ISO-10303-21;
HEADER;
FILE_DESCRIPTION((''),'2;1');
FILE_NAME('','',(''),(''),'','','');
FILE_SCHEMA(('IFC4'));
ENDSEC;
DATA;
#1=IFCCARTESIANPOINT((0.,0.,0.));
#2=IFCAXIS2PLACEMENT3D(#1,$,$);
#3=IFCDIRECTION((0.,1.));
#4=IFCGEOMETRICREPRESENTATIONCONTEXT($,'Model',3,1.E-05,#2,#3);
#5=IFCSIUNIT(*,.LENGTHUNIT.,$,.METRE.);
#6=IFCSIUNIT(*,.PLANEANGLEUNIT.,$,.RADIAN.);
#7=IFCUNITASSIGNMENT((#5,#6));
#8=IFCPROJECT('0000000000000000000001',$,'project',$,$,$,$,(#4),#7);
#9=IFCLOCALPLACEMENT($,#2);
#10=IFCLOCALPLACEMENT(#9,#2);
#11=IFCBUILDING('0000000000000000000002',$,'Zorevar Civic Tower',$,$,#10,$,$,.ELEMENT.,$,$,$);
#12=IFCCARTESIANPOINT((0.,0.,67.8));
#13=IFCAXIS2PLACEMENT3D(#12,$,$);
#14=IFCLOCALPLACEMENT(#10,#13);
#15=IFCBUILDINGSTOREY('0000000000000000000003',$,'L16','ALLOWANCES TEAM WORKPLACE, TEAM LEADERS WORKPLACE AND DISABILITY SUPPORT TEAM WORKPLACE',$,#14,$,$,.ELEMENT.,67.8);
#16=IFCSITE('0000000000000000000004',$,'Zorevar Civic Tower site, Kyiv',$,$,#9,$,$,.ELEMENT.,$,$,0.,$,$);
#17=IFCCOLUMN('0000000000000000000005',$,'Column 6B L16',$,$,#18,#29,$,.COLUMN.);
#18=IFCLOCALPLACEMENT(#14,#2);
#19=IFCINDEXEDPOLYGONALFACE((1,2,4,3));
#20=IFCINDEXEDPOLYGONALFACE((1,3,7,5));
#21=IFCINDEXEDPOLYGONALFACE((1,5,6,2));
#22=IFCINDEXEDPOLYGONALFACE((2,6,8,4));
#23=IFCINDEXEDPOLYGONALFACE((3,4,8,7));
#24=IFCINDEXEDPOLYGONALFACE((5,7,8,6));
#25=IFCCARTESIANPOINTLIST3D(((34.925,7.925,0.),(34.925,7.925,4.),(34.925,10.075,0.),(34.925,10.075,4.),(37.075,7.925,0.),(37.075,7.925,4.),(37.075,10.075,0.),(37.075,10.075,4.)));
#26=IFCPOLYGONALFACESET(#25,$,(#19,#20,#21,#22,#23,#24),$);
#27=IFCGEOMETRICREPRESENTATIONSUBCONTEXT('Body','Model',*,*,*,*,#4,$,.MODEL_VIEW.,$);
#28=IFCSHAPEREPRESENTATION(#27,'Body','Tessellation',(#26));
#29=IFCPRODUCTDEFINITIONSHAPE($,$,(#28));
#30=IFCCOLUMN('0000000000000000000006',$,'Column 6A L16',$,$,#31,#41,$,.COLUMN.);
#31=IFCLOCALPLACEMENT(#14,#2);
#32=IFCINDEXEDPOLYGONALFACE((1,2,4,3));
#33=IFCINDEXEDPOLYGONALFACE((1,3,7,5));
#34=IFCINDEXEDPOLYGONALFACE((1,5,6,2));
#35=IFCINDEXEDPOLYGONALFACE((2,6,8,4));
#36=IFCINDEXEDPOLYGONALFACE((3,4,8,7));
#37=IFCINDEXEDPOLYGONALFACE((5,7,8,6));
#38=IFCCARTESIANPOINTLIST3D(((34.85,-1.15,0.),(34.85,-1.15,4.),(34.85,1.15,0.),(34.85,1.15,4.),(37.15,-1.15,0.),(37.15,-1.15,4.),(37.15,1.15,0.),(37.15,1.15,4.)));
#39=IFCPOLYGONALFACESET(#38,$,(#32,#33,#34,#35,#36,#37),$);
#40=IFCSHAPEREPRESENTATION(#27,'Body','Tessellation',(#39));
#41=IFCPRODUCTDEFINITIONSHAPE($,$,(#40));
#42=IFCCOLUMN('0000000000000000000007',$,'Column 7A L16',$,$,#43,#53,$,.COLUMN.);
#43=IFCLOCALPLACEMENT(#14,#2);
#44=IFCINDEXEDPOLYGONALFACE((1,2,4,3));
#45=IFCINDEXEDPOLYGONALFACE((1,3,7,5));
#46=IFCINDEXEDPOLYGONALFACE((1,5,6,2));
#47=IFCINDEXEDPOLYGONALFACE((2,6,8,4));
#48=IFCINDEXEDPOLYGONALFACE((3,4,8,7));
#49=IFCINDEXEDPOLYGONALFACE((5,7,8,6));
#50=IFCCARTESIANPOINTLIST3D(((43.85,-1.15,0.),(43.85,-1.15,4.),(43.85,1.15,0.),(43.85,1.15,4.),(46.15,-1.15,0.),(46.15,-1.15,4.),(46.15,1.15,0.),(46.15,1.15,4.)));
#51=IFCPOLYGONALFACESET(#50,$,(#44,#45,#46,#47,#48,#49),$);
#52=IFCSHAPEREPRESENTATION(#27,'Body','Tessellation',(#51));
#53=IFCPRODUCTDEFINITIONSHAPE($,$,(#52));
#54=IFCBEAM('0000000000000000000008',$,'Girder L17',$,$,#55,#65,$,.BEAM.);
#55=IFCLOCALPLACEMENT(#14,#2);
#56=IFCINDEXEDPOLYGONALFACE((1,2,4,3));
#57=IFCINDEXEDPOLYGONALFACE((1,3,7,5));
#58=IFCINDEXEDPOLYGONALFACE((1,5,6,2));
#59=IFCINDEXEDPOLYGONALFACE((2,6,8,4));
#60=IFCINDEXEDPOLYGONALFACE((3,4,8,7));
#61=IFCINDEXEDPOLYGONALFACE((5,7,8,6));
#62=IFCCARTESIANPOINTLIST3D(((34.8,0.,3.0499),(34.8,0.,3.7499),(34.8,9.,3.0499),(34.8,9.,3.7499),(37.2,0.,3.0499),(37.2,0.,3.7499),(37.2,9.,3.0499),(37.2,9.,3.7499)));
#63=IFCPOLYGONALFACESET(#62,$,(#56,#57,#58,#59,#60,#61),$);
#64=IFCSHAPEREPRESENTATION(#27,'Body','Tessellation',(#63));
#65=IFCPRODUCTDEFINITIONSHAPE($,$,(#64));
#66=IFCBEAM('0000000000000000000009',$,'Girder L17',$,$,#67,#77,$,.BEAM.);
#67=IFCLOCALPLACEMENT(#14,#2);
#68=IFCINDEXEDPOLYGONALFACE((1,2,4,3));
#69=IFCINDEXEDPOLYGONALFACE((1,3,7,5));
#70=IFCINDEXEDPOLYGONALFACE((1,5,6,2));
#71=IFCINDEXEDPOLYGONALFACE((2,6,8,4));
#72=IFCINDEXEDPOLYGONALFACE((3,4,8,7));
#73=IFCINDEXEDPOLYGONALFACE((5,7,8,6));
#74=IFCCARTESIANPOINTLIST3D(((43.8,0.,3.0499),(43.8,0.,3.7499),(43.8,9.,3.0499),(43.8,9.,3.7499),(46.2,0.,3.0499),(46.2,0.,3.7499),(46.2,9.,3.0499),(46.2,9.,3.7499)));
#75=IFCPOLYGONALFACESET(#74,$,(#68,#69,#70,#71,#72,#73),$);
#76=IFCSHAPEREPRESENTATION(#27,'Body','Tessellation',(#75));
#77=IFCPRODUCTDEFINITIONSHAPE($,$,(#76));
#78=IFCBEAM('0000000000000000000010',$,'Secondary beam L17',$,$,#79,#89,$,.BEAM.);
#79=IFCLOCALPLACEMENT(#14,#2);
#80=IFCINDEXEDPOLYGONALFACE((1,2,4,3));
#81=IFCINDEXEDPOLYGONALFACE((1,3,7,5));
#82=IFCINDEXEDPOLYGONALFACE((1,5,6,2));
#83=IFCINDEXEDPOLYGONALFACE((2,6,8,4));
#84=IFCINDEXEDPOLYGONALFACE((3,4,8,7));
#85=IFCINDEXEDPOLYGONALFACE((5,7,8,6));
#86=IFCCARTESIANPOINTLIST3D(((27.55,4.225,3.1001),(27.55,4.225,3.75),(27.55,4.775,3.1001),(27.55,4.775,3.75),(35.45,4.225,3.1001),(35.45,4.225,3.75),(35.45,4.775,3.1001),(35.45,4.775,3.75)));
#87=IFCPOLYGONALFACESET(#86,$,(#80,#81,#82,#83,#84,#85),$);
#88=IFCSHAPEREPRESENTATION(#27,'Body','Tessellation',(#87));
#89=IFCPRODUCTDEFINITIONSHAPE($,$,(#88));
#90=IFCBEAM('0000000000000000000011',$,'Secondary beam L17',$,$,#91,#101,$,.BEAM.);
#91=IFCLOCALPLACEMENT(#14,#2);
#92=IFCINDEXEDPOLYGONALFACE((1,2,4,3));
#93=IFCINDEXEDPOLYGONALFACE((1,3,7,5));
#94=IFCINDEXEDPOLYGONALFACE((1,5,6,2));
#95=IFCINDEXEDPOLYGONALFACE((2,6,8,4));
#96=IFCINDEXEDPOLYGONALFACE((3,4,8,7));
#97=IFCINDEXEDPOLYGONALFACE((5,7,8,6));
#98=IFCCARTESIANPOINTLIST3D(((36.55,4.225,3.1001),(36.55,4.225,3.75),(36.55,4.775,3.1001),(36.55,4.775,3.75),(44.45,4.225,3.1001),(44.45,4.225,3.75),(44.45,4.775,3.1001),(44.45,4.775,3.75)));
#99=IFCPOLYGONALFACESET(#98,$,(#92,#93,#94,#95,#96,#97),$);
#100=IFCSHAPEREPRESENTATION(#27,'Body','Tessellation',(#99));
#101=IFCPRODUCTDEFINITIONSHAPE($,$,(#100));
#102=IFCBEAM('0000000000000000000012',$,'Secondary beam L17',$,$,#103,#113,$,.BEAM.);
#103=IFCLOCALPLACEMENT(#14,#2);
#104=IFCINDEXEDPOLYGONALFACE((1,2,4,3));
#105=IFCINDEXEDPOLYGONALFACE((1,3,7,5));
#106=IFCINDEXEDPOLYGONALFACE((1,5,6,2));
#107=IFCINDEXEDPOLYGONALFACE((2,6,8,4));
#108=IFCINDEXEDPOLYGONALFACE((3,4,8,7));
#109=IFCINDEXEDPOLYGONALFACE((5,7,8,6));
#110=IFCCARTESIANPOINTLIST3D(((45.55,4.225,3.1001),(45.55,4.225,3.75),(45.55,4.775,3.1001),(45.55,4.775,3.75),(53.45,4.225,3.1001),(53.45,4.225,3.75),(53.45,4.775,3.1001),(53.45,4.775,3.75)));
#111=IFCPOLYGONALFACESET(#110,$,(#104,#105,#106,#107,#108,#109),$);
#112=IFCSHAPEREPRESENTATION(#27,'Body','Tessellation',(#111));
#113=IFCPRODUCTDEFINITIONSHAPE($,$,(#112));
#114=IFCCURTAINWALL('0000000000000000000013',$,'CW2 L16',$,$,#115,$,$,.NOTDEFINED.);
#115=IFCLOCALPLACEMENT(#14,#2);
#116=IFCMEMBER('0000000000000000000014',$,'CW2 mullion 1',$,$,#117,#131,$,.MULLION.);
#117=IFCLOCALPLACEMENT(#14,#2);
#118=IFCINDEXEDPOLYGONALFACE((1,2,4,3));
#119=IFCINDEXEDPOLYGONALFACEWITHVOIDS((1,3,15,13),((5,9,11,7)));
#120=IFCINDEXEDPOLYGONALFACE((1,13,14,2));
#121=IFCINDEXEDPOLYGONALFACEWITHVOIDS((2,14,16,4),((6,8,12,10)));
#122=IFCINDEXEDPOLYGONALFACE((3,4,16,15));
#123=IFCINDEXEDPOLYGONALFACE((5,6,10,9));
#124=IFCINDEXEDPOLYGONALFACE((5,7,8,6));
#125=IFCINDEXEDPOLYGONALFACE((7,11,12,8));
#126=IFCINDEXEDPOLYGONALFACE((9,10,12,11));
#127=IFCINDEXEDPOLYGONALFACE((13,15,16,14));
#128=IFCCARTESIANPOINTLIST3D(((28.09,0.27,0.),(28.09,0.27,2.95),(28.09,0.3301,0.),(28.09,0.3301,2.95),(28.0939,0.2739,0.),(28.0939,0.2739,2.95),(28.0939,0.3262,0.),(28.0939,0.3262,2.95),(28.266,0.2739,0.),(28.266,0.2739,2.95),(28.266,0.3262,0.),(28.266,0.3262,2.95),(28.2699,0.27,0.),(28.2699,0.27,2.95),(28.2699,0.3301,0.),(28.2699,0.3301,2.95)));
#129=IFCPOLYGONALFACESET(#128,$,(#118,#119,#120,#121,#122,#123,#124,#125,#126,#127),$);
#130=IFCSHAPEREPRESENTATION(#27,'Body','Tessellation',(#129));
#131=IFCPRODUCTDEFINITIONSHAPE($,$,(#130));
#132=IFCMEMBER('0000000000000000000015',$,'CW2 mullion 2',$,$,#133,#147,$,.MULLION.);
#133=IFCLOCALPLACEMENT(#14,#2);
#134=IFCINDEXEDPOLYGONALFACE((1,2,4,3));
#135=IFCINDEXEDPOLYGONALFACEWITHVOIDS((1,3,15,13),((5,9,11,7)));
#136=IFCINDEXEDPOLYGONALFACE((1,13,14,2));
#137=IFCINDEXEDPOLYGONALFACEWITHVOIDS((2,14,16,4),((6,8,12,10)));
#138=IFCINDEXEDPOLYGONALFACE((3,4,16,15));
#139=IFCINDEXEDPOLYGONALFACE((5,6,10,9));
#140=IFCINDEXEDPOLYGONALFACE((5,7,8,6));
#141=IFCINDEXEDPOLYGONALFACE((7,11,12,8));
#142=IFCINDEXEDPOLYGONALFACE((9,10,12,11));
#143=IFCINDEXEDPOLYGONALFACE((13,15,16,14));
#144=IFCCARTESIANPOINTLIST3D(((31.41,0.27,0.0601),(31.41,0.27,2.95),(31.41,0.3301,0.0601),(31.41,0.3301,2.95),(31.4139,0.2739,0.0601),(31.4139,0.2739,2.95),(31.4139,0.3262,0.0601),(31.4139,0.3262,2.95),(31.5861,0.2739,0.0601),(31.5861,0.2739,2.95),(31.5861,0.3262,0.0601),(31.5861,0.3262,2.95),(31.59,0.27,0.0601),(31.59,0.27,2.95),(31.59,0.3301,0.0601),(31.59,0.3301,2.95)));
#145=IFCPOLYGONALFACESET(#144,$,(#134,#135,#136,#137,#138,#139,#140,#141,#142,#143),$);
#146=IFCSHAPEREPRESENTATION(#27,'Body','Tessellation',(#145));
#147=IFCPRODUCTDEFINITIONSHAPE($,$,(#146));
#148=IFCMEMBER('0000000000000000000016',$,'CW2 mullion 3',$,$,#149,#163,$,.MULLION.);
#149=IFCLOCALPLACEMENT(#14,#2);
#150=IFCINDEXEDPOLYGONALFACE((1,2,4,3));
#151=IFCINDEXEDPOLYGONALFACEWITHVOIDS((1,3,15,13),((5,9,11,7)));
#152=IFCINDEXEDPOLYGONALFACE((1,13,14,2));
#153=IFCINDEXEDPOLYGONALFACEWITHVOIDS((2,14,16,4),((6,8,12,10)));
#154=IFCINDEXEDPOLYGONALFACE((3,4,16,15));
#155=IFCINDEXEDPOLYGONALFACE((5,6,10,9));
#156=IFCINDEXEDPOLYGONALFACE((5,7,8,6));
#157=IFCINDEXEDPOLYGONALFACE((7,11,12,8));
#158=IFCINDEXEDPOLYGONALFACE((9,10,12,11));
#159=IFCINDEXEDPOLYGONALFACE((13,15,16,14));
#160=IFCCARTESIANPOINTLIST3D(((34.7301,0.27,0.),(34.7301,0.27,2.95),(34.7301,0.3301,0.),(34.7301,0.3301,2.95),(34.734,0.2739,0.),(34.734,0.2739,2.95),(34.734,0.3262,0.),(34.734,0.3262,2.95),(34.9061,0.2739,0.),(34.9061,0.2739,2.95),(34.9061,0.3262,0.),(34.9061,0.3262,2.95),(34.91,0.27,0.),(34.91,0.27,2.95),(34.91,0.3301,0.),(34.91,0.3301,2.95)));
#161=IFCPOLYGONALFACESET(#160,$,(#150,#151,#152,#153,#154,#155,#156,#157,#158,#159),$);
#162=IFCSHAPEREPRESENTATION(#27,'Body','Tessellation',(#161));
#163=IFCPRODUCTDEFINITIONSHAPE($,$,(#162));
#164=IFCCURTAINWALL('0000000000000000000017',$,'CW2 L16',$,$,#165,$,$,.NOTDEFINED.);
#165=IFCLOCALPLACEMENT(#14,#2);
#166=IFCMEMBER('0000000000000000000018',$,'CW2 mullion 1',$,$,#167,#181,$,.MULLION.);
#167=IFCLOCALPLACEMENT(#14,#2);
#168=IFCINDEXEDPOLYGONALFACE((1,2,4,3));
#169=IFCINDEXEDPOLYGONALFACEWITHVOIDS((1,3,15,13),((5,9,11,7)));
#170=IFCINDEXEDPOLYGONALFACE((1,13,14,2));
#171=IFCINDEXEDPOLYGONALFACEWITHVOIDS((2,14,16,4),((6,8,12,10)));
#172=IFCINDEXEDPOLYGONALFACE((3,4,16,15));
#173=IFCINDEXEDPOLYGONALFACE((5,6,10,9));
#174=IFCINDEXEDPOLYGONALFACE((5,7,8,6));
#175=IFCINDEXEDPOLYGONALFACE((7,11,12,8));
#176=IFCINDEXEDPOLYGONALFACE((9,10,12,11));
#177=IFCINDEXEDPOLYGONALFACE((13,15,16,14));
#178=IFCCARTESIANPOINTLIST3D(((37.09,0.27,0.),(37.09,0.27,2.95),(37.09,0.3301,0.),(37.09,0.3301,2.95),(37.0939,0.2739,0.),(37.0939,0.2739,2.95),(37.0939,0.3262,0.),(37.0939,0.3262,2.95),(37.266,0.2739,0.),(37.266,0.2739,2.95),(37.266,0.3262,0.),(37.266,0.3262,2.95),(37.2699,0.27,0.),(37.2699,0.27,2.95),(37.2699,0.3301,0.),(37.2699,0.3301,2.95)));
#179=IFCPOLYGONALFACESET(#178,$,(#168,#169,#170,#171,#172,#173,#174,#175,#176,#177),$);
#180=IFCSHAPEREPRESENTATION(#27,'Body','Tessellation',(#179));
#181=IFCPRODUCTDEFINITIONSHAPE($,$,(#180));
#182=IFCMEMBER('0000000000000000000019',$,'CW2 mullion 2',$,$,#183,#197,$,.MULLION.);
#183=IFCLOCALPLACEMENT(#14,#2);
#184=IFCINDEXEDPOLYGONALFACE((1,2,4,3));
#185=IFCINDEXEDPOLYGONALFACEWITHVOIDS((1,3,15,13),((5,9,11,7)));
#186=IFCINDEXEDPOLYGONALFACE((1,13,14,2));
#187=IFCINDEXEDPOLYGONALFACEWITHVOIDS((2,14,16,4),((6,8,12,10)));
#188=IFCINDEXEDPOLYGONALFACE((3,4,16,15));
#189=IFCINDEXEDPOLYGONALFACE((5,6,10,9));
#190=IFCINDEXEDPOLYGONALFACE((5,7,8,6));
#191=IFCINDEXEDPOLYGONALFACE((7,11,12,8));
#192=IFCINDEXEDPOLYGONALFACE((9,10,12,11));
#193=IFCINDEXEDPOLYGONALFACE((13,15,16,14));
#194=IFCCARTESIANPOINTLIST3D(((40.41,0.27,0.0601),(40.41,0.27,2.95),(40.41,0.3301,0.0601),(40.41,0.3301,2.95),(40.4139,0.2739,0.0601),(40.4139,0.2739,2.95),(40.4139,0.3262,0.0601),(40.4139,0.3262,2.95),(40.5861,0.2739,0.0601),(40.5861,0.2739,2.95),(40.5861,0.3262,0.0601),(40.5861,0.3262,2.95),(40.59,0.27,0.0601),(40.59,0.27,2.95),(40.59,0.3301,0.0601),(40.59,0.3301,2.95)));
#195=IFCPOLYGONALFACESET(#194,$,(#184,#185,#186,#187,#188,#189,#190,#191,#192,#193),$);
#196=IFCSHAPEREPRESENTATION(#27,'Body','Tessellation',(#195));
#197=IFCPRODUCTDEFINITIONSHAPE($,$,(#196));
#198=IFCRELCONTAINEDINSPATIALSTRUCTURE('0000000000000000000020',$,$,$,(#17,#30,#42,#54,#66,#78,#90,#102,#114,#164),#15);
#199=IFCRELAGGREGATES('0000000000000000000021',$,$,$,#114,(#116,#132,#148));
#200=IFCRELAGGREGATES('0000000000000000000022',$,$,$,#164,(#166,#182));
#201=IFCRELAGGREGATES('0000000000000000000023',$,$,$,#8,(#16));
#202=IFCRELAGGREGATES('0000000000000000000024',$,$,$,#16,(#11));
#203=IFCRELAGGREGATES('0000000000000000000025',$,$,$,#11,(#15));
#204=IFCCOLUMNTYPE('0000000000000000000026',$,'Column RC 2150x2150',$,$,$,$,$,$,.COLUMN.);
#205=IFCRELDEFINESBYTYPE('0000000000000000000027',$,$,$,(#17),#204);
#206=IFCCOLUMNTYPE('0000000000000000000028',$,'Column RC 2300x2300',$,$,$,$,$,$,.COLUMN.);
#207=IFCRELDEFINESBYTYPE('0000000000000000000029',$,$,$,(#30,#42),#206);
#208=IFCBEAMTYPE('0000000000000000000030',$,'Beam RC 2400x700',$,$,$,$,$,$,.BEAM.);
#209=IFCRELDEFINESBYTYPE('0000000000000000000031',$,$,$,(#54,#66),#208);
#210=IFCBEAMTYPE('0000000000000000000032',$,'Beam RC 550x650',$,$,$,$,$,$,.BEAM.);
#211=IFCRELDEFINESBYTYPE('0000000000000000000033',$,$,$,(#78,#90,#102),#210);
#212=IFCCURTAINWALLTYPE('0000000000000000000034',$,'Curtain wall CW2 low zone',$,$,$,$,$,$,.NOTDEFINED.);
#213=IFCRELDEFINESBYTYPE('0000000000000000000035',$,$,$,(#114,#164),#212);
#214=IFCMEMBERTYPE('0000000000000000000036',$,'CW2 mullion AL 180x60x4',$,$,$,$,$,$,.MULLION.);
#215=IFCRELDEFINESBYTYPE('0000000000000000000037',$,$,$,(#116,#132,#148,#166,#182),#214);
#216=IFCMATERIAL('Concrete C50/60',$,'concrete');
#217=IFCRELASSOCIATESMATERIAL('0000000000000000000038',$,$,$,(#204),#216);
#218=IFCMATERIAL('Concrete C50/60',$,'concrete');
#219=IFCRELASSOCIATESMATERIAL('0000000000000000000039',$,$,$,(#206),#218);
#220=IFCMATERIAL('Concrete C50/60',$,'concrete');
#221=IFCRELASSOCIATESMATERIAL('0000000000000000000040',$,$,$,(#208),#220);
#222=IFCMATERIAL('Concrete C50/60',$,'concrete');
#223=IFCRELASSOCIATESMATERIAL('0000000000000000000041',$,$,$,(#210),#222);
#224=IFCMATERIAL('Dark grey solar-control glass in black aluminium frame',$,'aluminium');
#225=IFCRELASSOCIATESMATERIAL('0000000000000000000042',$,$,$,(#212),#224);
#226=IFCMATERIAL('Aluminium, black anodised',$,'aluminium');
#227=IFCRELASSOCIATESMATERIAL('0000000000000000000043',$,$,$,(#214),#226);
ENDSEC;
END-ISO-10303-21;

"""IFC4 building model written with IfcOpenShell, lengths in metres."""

from ifc_helpers import new_model, si_unit, direction, frame, origin, origin_2d, place, context, subcontext, project, spatial, rectangle, hollow_rectangle, extrude, material, material_profile, profile_set, type_object, element, aggregate, save


model = new_model("IFC4")

# Units and contexts
model_context = context("Model", 3, precision=1e-05, world=origin(), true_north=direction((0.0, 1.0)))
body_context = subcontext(model_context, "Body", "Model", "MODEL_VIEW")
ifc_project = project(units=[si_unit("LENGTHUNIT", "METRE"), si_unit("PLANEANGLEUNIT", "RADIAN")], contexts=[model_context])

# Site, building, storey
site_placement = place(None, origin())
site = spatial("IfcSite", under=ifc_project, at=site_placement, Name="Zorevar Civic Tower site, Kyiv", CompositionType="ELEMENT", RefElevation=0.0)
building_placement = place(site_placement, origin())
building = spatial("IfcBuilding", under=site, at=building_placement, Name="Zorevar Civic Tower", CompositionType="ELEMENT")
storey_placement = place(building_placement, frame((0.0, 0.0, 67.8)))
storey = spatial("IfcBuildingStorey", under=building, at=storey_placement, Name="L16", Description="ALLOWANCES TEAM WORKPLACE, TEAM LEADERS WORKPLACE AND DISABILITY SUPPORT TEAM WORKPLACE", CompositionType="ELEMENT", Elevation=67.8)

# Columns
ifc_material_1 = material(Name="Concrete C50/60", Category="concrete")
ifc_material_profile_1 = material_profile(ifc_material_1, rectangle(XDim=2.1499, YDim=2.1499, at=origin_2d()), Name="RC 2150x2150")
ifc_profile_set_1 = profile_set([ifc_material_profile_1], Name="Concrete C50/60")
column_type_1 = type_object("IfcColumnType", Name="Column RC 2150x2150", PredefinedType="COLUMN", material=ifc_profile_set_1)
column_placement = place(storey_placement, frame((36.0, 9.0, 0.0), z_axis=(0.0, 0.0, 1.0), x_axis=(1.0, 0.0, 0.0)))
element("IfcColumn", 1, at=column_placement, inside=storey, type_object=column_type_1, Name="Column 6B L16", PredefinedType="COLUMN", context=body_context, shape_type="SweptSolid", body=[
    extrude(rectangle(XDim=2.1499, YDim=2.1499, at=origin_2d()), origin(), (0.0, 0.0, 1.0), 4.0),
])
ifc_material_2 = material(Name="Concrete C50/60", Category="concrete")
ifc_material_profile_2 = material_profile(ifc_material_2, rectangle(XDim=2.3, YDim=2.3, at=origin_2d()), Name="RC 2300x2300")
ifc_profile_set_2 = profile_set([ifc_material_profile_2], Name="Concrete C50/60")
column_type_2 = type_object("IfcColumnType", Name="Column RC 2300x2300", PredefinedType="COLUMN", material=ifc_profile_set_2)
for number, where, z_axis, x_axis, name in (
    (2, (36.0, 0.0, 0.0), (0.0, 0.0, 1.0), (1.0, 0.0, 0.0), "Column 6A L16"),
    (3, (45.0, 0.0, 0.0), (0.0, 0.0, 1.0), (1.0, 0.0, 0.0), "Column 7A L16"),
):
    element("IfcColumn", number, at=place(storey_placement, frame(where, z_axis=z_axis, x_axis=x_axis)), inside=storey, type_object=column_type_2, Name=name, PredefinedType="COLUMN", context=body_context, shape_type="SweptSolid", body=[
        extrude(rectangle(XDim=2.3, YDim=2.3, at=origin_2d()), origin(), (0.0, 0.0, 1.0), 4.0),
    ])

# Beams
ifc_material_3 = material(Name="Concrete C50/60", Category="concrete")
ifc_material_profile_3 = material_profile(ifc_material_3, rectangle(XDim=2.3999, YDim=0.7, at=origin_2d()), Name="RC 2400x700")
ifc_profile_set_3 = profile_set([ifc_material_profile_3], Name="Concrete C50/60")
beam_type_1 = type_object("IfcBeamType", Name="Beam RC 2400x700", PredefinedType="BEAM", material=ifc_profile_set_3)
for number, where, z_axis, x_axis, name in (
    (4, (36.0, 0.0, 3.3999), (0.0, 1.0, 0.0), (-1.0, 0.0, 0.0), "Girder L17"),
    (5, (45.0, 0.0, 3.3999), (0.0, 1.0, 0.0), (-1.0, 0.0, 0.0), "Girder L17"),
):
    element("IfcBeam", number, at=place(storey_placement, frame(where, z_axis=z_axis, x_axis=x_axis)), inside=storey, type_object=beam_type_1, Name=name, PredefinedType="BEAM", context=body_context, shape_type="SweptSolid", body=[
        extrude(rectangle(XDim=2.3999, YDim=0.7, at=origin_2d()), origin(), (0.0, 0.0, 1.0), 9.0),
    ])
ifc_material_4 = material(Name="Concrete C50/60", Category="concrete")
ifc_material_profile_4 = material_profile(ifc_material_4, rectangle(XDim=0.55, YDim=0.6499, at=origin_2d()), Name="RC 550x650")
ifc_profile_set_4 = profile_set([ifc_material_profile_4], Name="Concrete C50/60")
beam_type_2 = type_object("IfcBeamType", Name="Beam RC 550x650", PredefinedType="BEAM", material=ifc_profile_set_4)
for number, where, z_axis, x_axis, name in (
    (6, (27.55, 4.5, 3.425), (1.0, 0.0, 0.0), (0.0, 1.0, 0.0), "Secondary beam L17"),
    (7, (36.55, 4.5, 3.425), (1.0, 0.0, 0.0), (0.0, 1.0, 0.0), "Secondary beam L17"),
    (8, (45.55, 4.5, 3.425), (1.0, 0.0, 0.0), (0.0, 1.0, 0.0), "Secondary beam L17"),
):
    element("IfcBeam", number, at=place(storey_placement, frame(where, z_axis=z_axis, x_axis=x_axis)), inside=storey, type_object=beam_type_2, Name=name, PredefinedType="BEAM", context=body_context, shape_type="SweptSolid", body=[
        extrude(rectangle(XDim=0.55, YDim=0.6499, at=origin_2d()), origin(), (0.0, 0.0, 1.0), 7.8999),
    ])

# Curtain walls, members
ifc_material_5 = material(Name="Dark grey solar-control glass in black aluminium frame", Category="aluminium")
curtain_wall_type = type_object("IfcCurtainWallType", Name="Curtain wall CW2 low zone", PredefinedType="NOTDEFINED", material=ifc_material_5)
curtain_wall_1_placement = place(storey_placement, origin())
curtain_wall_1 = element("IfcCurtainWall", 9, at=curtain_wall_1_placement, inside=storey, type_object=curtain_wall_type, Name="CW2 L16", PredefinedType="NOTDEFINED")
ifc_material_6 = material(Name="Aluminium, black anodised", Category="aluminium")
ifc_material_profile_5 = material_profile(ifc_material_6, hollow_rectangle(XDim=0.0601, YDim=0.1799, WallThickness=0.0039, at=origin_2d()), Name="AL 180x60x4")
ifc_profile_set_5 = profile_set([ifc_material_profile_5], Name="Aluminium, black anodised")
member_type_1 = type_object("IfcMemberType", Name="CW2 mullion AL 180x60x4", PredefinedType="MULLION", material=ifc_profile_set_5)
member_1_placement = place(storey_placement, frame((28.1799, 0.3, 0.0), z_axis=(0.0, 0.0, 1.0), x_axis=(0.0, 1.0, 0.0)))
member_1 = element("IfcMember", 10, at=member_1_placement, type_object=member_type_1, Name="CW2 mullion 1", PredefinedType="MULLION", context=body_context, shape_type="SweptSolid", body=[
    extrude(hollow_rectangle(XDim=0.0601, YDim=0.1799, WallThickness=0.0039, at=origin_2d()), origin(), (0.0, 0.0, 1.0), 2.95),
])
member_2_placement = place(storey_placement, frame((31.5, 0.3, 0.0601), z_axis=(0.0, 0.0, 1.0), x_axis=(0.0, 1.0, 0.0)))
member_2 = element("IfcMember", 11, at=member_2_placement, type_object=member_type_1, Name="CW2 mullion 2", PredefinedType="MULLION", context=body_context, shape_type="SweptSolid", body=[
    extrude(hollow_rectangle(XDim=0.0601, YDim=0.1799, WallThickness=0.0039, at=origin_2d()), origin(), (0.0, 0.0, 1.0), 2.8899),
])
member_3_placement = place(storey_placement, frame((34.8201, 0.3, 0.0), z_axis=(0.0, 0.0, 1.0), x_axis=(0.0, 1.0, 0.0)))
member_3 = element("IfcMember", 12, at=member_3_placement, type_object=member_type_1, Name="CW2 mullion 3", PredefinedType="MULLION", context=body_context, shape_type="SweptSolid", body=[
    extrude(hollow_rectangle(XDim=0.0601, YDim=0.1799, WallThickness=0.0039, at=origin_2d()), origin(), (0.0, 0.0, 1.0), 2.95),
])
curtain_wall_2_placement = place(storey_placement, origin())
curtain_wall_2 = element("IfcCurtainWall", 13, at=curtain_wall_2_placement, inside=storey, type_object=curtain_wall_type, Name="CW2 L16", PredefinedType="NOTDEFINED")
member_4_placement = place(storey_placement, frame((37.1799, 0.3, 0.0), z_axis=(0.0, 0.0, 1.0), x_axis=(0.0, 1.0, 0.0)))
member_4 = element("IfcMember", 14, at=member_4_placement, type_object=member_type_1, Name="CW2 mullion 1", PredefinedType="MULLION", context=body_context, shape_type="SweptSolid", body=[
    extrude(hollow_rectangle(XDim=0.0601, YDim=0.1799, WallThickness=0.0039, at=origin_2d()), origin(), (0.0, 0.0, 1.0), 2.95),
])
member_5_placement = place(storey_placement, frame((40.5, 0.3, 0.0601), z_axis=(0.0, 0.0, 1.0), x_axis=(0.0, 1.0, 0.0)))
member_5 = element("IfcMember", 15, at=member_5_placement, type_object=member_type_1, Name="CW2 mullion 2", PredefinedType="MULLION", context=body_context, shape_type="SweptSolid", body=[
    extrude(hollow_rectangle(XDim=0.0601, YDim=0.1799, WallThickness=0.0039, at=origin_2d()), origin(), (0.0, 0.0, 1.0), 2.8899),
])

aggregate(curtain_wall_1, [member_1, member_2, member_3])
aggregate(curtain_wall_2, [member_4, member_5])

save(model, "model.ifc")
